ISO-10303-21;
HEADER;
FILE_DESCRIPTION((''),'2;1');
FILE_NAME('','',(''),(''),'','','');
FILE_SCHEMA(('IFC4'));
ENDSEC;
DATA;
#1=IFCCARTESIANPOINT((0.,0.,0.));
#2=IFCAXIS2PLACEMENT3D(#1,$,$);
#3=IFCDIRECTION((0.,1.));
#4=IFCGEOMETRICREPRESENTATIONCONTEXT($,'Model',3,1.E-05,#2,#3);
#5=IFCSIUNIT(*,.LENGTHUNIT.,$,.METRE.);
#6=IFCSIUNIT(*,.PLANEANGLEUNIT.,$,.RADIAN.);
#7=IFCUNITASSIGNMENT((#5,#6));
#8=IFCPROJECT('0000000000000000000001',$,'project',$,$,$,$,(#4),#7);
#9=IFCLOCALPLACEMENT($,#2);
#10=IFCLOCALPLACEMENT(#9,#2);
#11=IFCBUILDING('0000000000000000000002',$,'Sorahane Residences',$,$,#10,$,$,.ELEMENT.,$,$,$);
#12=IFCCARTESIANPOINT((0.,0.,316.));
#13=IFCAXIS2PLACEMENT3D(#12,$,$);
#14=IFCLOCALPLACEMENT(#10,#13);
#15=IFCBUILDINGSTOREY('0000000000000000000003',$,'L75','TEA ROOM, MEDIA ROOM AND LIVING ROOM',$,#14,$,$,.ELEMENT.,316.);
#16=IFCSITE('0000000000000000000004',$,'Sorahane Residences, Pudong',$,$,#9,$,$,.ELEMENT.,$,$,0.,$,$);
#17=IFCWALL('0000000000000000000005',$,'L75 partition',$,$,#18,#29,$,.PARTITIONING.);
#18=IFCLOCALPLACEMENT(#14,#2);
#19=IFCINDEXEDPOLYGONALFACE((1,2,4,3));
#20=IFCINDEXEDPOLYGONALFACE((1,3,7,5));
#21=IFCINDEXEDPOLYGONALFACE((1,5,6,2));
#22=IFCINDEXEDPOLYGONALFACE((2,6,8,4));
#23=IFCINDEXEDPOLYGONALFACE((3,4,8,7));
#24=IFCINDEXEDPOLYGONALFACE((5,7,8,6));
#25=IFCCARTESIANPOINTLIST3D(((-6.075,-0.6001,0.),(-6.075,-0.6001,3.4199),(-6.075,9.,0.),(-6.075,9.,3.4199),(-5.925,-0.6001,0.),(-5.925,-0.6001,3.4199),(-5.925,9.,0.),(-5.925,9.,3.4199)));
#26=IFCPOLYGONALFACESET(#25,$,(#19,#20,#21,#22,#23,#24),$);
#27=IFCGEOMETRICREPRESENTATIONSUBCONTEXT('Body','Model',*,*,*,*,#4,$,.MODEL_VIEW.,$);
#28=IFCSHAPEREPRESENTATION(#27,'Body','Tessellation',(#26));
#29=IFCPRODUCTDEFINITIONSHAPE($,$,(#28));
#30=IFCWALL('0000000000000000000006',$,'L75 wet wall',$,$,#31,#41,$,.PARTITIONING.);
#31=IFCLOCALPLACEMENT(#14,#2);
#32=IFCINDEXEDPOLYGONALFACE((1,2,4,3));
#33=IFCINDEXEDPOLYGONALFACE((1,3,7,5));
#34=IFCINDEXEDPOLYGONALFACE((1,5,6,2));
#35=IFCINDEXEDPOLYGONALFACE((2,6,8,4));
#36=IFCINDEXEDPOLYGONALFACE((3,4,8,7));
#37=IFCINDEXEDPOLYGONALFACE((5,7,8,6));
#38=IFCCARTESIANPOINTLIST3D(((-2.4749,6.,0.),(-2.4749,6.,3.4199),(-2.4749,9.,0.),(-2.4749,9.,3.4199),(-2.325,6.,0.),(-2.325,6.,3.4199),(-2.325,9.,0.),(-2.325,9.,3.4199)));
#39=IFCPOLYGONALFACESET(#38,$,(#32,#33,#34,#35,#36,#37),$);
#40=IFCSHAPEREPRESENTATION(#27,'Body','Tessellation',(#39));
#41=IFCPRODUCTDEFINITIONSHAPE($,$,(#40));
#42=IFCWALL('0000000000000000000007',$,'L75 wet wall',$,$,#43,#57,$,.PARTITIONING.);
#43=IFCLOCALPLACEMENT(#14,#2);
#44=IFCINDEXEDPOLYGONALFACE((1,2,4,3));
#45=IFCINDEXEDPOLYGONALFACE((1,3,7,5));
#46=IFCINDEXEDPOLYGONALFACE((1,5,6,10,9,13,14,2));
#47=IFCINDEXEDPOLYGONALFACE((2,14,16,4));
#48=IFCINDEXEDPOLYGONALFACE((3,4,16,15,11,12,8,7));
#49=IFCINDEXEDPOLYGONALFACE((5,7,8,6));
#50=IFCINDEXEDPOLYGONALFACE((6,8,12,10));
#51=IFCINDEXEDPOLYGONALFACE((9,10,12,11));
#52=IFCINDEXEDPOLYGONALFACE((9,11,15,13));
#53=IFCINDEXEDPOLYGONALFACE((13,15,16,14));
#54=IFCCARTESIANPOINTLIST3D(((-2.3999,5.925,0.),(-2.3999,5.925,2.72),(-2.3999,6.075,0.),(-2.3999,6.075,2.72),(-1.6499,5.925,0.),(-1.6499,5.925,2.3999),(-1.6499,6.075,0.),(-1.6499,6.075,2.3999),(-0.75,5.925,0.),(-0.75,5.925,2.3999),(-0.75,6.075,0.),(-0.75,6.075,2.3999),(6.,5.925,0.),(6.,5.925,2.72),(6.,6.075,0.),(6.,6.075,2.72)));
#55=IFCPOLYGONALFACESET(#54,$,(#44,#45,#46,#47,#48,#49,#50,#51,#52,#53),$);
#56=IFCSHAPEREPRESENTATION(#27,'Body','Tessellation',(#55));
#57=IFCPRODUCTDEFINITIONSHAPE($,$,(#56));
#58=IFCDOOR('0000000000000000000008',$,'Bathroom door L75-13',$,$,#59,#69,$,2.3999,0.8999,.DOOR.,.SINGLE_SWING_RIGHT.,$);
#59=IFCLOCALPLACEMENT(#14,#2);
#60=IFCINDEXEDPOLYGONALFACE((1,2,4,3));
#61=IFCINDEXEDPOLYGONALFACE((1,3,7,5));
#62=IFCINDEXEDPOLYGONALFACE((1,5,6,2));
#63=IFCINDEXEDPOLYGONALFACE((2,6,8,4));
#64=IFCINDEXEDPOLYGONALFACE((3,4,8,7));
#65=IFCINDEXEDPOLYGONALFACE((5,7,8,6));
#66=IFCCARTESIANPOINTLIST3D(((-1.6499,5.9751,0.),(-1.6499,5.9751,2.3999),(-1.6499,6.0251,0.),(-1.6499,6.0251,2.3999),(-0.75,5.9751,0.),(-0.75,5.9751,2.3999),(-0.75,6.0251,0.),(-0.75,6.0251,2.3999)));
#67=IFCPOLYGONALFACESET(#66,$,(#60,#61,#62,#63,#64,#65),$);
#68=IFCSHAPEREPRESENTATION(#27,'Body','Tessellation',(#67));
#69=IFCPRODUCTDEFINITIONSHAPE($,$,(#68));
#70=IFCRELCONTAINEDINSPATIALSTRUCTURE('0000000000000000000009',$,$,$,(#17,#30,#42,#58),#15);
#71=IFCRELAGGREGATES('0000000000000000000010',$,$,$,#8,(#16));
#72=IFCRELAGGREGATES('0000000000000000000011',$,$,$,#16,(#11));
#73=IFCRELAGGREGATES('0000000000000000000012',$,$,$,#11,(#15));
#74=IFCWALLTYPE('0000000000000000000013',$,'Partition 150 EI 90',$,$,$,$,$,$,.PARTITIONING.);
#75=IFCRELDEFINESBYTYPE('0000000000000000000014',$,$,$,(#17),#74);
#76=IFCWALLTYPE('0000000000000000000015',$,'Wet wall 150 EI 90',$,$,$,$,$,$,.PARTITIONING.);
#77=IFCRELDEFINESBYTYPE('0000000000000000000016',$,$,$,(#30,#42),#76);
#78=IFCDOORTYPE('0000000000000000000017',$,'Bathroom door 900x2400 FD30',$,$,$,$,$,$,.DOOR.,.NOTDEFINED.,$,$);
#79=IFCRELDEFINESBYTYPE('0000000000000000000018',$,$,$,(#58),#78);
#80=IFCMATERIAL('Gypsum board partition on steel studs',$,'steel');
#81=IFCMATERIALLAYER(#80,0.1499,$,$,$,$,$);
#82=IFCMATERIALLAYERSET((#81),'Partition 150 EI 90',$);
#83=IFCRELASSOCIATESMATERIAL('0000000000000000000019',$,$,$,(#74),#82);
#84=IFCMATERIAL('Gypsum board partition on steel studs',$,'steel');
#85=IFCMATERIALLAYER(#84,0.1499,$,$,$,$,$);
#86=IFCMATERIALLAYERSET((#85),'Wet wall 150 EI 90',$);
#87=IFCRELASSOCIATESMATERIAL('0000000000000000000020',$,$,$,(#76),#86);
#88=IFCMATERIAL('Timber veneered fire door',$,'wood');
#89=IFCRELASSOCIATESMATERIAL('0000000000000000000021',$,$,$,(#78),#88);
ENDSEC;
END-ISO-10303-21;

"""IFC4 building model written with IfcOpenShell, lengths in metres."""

from ifc_helpers import new_model, si_unit, direction, frame, frame_2d, origin, place, context, subcontext, project, spatial, rectangle, extrude, material, layer, layer_set, type_object, element, fill, save


model = new_model("IFC4")

# Units and contexts
model_context = context("Model", 3, precision=1e-05, world=origin(), true_north=direction((0.0, 1.0)))
body_context = subcontext(model_context, "Body", "Model", "MODEL_VIEW")
ifc_project = project(units=[si_unit("LENGTHUNIT", "METRE"), si_unit("PLANEANGLEUNIT", "RADIAN")], contexts=[model_context])

# Site, building, storey
site_placement = place(None, origin())
site = spatial("IfcSite", under=ifc_project, at=site_placement, Name="Sorahane Residences, Pudong", CompositionType="ELEMENT", RefElevation=0.0)
building_placement = place(site_placement, origin())
building = spatial("IfcBuilding", under=site, at=building_placement, Name="Sorahane Residences", CompositionType="ELEMENT")
storey_placement = place(building_placement, frame((0.0, 0.0, 316.0)))
storey = spatial("IfcBuildingStorey", under=building, at=storey_placement, Name="L75", Description="TEA ROOM, MEDIA ROOM AND LIVING ROOM", CompositionType="ELEMENT", Elevation=316.0)

# Wall
ifc_material_1 = material(Name="Gypsum board partition on steel studs", Category="steel")
ifc_layer_1 = layer(ifc_material_1, 0.1499)
ifc_layer_set_1 = layer_set([ifc_layer_1], Name="Partition 150 EI 90")
wall_type_1 = type_object("IfcWallType", Name="Partition 150 EI 90", PredefinedType="PARTITIONING", material=ifc_layer_set_1)
wall_1_placement = place(storey_placement, frame((-6.0, -0.6001, 0.0), z_axis=(0.0, 0.0, 1.0), x_axis=(0.0, 1.0, 0.0)))
element("IfcWall", 1, at=wall_1_placement, inside=storey, type_object=wall_type_1, Name="L75 partition", PredefinedType="PARTITIONING", context=body_context, shape_type="SweptSolid", body=[
    extrude(rectangle(XDim=9.6001, YDim=0.1499, at=frame_2d((4.8, 0.0))), origin(), (0.0, 0.0, 1.0), 3.4199),
])

# Wall
ifc_material_2 = material(Name="Gypsum board partition on steel studs", Category="steel")
ifc_layer_2 = layer(ifc_material_2, 0.1499)
ifc_layer_set_2 = layer_set([ifc_layer_2], Name="Wet wall 150 EI 90")
wall_type_2 = type_object("IfcWallType", Name="Wet wall 150 EI 90", PredefinedType="PARTITIONING", material=ifc_layer_set_2)
wall_2_placement = place(storey_placement, frame((-2.3999, 6.0, 0.0), z_axis=(0.0, 0.0, 1.0), x_axis=(0.0, 1.0, 0.0)))
element("IfcWall", 2, at=wall_2_placement, inside=storey, type_object=wall_type_2, Name="L75 wet wall", PredefinedType="PARTITIONING", context=body_context, shape_type="SweptSolid", body=[
    extrude(rectangle(XDim=3.0, YDim=0.1499, at=frame_2d((1.5, 0.0))), origin(), (0.0, 0.0, 1.0), 3.4199),
])

# Wall, opening, door
wall_3_placement = place(storey_placement, frame((-2.3999, 6.0, 0.0), z_axis=(0.0, 0.0, 1.0), x_axis=(1.0, 0.0, 0.0)))
wall_3 = element("IfcWall", 3, at=wall_3_placement, inside=storey, type_object=wall_type_2, Name="L75 wet wall", PredefinedType="PARTITIONING", context=body_context, shape_type="SweptSolid", body=[
    extrude(rectangle(XDim=8.3999, YDim=0.1499, at=frame_2d((4.2, 0.0))), origin(), (0.0, 0.0, 1.0), 2.72),
])
opening_1_placement = place(wall_3_placement, frame((0.75, 0.0, 0.0)))
opening_1 = element("IfcOpeningElement", 4, at=opening_1_placement, cuts=wall_3, PredefinedType="OPENING", context=body_context, shape_type="SweptSolid", body=[
    extrude(rectangle(XDim=0.8999, YDim=2.3999, at=frame_2d((0.45, 1.2))), frame((0.0, 0.085, 0.0), z_axis=(0.0, -1.0, 0.0), x_axis=(1.0, 0.0, 0.0)), (0.0, 0.0, 1.0), 0.1699),
])
ifc_material_3 = material(Name="Timber veneered fire door", Category="wood")
door_type_1 = type_object("IfcDoorType", Name="Bathroom door 900x2400 FD30", OperationType="NOTDEFINED", PredefinedType="DOOR", material=ifc_material_3)
door_1_placement = place(opening_1_placement, frame((0.8999, 0.0, 0.0), z_axis=(0.0, 0.0, 1.0), x_axis=(-1.0, 0.0, 0.0)))
door_1 = element("IfcDoor", 5, at=door_1_placement, inside=storey, type_object=door_type_1, Name="Bathroom door L75-13", OperationType="SINGLE_SWING_RIGHT", OverallHeight=2.3999, OverallWidth=0.8999, PredefinedType="DOOR", context=body_context, shape_type="SweptSolid", body=[
    extrude(rectangle(XDim=0.8999, YDim=2.3999, at=frame_2d((0.45, 1.2))), frame((0.0, 0.0249, 0.0), z_axis=(0.0, -1.0, 0.0), x_axis=(1.0, 0.0, 0.0)), (0.0, 0.0, 1.0), 0.05),
])
fill(opening_1, door_1)

save(model, "model.ifc")
